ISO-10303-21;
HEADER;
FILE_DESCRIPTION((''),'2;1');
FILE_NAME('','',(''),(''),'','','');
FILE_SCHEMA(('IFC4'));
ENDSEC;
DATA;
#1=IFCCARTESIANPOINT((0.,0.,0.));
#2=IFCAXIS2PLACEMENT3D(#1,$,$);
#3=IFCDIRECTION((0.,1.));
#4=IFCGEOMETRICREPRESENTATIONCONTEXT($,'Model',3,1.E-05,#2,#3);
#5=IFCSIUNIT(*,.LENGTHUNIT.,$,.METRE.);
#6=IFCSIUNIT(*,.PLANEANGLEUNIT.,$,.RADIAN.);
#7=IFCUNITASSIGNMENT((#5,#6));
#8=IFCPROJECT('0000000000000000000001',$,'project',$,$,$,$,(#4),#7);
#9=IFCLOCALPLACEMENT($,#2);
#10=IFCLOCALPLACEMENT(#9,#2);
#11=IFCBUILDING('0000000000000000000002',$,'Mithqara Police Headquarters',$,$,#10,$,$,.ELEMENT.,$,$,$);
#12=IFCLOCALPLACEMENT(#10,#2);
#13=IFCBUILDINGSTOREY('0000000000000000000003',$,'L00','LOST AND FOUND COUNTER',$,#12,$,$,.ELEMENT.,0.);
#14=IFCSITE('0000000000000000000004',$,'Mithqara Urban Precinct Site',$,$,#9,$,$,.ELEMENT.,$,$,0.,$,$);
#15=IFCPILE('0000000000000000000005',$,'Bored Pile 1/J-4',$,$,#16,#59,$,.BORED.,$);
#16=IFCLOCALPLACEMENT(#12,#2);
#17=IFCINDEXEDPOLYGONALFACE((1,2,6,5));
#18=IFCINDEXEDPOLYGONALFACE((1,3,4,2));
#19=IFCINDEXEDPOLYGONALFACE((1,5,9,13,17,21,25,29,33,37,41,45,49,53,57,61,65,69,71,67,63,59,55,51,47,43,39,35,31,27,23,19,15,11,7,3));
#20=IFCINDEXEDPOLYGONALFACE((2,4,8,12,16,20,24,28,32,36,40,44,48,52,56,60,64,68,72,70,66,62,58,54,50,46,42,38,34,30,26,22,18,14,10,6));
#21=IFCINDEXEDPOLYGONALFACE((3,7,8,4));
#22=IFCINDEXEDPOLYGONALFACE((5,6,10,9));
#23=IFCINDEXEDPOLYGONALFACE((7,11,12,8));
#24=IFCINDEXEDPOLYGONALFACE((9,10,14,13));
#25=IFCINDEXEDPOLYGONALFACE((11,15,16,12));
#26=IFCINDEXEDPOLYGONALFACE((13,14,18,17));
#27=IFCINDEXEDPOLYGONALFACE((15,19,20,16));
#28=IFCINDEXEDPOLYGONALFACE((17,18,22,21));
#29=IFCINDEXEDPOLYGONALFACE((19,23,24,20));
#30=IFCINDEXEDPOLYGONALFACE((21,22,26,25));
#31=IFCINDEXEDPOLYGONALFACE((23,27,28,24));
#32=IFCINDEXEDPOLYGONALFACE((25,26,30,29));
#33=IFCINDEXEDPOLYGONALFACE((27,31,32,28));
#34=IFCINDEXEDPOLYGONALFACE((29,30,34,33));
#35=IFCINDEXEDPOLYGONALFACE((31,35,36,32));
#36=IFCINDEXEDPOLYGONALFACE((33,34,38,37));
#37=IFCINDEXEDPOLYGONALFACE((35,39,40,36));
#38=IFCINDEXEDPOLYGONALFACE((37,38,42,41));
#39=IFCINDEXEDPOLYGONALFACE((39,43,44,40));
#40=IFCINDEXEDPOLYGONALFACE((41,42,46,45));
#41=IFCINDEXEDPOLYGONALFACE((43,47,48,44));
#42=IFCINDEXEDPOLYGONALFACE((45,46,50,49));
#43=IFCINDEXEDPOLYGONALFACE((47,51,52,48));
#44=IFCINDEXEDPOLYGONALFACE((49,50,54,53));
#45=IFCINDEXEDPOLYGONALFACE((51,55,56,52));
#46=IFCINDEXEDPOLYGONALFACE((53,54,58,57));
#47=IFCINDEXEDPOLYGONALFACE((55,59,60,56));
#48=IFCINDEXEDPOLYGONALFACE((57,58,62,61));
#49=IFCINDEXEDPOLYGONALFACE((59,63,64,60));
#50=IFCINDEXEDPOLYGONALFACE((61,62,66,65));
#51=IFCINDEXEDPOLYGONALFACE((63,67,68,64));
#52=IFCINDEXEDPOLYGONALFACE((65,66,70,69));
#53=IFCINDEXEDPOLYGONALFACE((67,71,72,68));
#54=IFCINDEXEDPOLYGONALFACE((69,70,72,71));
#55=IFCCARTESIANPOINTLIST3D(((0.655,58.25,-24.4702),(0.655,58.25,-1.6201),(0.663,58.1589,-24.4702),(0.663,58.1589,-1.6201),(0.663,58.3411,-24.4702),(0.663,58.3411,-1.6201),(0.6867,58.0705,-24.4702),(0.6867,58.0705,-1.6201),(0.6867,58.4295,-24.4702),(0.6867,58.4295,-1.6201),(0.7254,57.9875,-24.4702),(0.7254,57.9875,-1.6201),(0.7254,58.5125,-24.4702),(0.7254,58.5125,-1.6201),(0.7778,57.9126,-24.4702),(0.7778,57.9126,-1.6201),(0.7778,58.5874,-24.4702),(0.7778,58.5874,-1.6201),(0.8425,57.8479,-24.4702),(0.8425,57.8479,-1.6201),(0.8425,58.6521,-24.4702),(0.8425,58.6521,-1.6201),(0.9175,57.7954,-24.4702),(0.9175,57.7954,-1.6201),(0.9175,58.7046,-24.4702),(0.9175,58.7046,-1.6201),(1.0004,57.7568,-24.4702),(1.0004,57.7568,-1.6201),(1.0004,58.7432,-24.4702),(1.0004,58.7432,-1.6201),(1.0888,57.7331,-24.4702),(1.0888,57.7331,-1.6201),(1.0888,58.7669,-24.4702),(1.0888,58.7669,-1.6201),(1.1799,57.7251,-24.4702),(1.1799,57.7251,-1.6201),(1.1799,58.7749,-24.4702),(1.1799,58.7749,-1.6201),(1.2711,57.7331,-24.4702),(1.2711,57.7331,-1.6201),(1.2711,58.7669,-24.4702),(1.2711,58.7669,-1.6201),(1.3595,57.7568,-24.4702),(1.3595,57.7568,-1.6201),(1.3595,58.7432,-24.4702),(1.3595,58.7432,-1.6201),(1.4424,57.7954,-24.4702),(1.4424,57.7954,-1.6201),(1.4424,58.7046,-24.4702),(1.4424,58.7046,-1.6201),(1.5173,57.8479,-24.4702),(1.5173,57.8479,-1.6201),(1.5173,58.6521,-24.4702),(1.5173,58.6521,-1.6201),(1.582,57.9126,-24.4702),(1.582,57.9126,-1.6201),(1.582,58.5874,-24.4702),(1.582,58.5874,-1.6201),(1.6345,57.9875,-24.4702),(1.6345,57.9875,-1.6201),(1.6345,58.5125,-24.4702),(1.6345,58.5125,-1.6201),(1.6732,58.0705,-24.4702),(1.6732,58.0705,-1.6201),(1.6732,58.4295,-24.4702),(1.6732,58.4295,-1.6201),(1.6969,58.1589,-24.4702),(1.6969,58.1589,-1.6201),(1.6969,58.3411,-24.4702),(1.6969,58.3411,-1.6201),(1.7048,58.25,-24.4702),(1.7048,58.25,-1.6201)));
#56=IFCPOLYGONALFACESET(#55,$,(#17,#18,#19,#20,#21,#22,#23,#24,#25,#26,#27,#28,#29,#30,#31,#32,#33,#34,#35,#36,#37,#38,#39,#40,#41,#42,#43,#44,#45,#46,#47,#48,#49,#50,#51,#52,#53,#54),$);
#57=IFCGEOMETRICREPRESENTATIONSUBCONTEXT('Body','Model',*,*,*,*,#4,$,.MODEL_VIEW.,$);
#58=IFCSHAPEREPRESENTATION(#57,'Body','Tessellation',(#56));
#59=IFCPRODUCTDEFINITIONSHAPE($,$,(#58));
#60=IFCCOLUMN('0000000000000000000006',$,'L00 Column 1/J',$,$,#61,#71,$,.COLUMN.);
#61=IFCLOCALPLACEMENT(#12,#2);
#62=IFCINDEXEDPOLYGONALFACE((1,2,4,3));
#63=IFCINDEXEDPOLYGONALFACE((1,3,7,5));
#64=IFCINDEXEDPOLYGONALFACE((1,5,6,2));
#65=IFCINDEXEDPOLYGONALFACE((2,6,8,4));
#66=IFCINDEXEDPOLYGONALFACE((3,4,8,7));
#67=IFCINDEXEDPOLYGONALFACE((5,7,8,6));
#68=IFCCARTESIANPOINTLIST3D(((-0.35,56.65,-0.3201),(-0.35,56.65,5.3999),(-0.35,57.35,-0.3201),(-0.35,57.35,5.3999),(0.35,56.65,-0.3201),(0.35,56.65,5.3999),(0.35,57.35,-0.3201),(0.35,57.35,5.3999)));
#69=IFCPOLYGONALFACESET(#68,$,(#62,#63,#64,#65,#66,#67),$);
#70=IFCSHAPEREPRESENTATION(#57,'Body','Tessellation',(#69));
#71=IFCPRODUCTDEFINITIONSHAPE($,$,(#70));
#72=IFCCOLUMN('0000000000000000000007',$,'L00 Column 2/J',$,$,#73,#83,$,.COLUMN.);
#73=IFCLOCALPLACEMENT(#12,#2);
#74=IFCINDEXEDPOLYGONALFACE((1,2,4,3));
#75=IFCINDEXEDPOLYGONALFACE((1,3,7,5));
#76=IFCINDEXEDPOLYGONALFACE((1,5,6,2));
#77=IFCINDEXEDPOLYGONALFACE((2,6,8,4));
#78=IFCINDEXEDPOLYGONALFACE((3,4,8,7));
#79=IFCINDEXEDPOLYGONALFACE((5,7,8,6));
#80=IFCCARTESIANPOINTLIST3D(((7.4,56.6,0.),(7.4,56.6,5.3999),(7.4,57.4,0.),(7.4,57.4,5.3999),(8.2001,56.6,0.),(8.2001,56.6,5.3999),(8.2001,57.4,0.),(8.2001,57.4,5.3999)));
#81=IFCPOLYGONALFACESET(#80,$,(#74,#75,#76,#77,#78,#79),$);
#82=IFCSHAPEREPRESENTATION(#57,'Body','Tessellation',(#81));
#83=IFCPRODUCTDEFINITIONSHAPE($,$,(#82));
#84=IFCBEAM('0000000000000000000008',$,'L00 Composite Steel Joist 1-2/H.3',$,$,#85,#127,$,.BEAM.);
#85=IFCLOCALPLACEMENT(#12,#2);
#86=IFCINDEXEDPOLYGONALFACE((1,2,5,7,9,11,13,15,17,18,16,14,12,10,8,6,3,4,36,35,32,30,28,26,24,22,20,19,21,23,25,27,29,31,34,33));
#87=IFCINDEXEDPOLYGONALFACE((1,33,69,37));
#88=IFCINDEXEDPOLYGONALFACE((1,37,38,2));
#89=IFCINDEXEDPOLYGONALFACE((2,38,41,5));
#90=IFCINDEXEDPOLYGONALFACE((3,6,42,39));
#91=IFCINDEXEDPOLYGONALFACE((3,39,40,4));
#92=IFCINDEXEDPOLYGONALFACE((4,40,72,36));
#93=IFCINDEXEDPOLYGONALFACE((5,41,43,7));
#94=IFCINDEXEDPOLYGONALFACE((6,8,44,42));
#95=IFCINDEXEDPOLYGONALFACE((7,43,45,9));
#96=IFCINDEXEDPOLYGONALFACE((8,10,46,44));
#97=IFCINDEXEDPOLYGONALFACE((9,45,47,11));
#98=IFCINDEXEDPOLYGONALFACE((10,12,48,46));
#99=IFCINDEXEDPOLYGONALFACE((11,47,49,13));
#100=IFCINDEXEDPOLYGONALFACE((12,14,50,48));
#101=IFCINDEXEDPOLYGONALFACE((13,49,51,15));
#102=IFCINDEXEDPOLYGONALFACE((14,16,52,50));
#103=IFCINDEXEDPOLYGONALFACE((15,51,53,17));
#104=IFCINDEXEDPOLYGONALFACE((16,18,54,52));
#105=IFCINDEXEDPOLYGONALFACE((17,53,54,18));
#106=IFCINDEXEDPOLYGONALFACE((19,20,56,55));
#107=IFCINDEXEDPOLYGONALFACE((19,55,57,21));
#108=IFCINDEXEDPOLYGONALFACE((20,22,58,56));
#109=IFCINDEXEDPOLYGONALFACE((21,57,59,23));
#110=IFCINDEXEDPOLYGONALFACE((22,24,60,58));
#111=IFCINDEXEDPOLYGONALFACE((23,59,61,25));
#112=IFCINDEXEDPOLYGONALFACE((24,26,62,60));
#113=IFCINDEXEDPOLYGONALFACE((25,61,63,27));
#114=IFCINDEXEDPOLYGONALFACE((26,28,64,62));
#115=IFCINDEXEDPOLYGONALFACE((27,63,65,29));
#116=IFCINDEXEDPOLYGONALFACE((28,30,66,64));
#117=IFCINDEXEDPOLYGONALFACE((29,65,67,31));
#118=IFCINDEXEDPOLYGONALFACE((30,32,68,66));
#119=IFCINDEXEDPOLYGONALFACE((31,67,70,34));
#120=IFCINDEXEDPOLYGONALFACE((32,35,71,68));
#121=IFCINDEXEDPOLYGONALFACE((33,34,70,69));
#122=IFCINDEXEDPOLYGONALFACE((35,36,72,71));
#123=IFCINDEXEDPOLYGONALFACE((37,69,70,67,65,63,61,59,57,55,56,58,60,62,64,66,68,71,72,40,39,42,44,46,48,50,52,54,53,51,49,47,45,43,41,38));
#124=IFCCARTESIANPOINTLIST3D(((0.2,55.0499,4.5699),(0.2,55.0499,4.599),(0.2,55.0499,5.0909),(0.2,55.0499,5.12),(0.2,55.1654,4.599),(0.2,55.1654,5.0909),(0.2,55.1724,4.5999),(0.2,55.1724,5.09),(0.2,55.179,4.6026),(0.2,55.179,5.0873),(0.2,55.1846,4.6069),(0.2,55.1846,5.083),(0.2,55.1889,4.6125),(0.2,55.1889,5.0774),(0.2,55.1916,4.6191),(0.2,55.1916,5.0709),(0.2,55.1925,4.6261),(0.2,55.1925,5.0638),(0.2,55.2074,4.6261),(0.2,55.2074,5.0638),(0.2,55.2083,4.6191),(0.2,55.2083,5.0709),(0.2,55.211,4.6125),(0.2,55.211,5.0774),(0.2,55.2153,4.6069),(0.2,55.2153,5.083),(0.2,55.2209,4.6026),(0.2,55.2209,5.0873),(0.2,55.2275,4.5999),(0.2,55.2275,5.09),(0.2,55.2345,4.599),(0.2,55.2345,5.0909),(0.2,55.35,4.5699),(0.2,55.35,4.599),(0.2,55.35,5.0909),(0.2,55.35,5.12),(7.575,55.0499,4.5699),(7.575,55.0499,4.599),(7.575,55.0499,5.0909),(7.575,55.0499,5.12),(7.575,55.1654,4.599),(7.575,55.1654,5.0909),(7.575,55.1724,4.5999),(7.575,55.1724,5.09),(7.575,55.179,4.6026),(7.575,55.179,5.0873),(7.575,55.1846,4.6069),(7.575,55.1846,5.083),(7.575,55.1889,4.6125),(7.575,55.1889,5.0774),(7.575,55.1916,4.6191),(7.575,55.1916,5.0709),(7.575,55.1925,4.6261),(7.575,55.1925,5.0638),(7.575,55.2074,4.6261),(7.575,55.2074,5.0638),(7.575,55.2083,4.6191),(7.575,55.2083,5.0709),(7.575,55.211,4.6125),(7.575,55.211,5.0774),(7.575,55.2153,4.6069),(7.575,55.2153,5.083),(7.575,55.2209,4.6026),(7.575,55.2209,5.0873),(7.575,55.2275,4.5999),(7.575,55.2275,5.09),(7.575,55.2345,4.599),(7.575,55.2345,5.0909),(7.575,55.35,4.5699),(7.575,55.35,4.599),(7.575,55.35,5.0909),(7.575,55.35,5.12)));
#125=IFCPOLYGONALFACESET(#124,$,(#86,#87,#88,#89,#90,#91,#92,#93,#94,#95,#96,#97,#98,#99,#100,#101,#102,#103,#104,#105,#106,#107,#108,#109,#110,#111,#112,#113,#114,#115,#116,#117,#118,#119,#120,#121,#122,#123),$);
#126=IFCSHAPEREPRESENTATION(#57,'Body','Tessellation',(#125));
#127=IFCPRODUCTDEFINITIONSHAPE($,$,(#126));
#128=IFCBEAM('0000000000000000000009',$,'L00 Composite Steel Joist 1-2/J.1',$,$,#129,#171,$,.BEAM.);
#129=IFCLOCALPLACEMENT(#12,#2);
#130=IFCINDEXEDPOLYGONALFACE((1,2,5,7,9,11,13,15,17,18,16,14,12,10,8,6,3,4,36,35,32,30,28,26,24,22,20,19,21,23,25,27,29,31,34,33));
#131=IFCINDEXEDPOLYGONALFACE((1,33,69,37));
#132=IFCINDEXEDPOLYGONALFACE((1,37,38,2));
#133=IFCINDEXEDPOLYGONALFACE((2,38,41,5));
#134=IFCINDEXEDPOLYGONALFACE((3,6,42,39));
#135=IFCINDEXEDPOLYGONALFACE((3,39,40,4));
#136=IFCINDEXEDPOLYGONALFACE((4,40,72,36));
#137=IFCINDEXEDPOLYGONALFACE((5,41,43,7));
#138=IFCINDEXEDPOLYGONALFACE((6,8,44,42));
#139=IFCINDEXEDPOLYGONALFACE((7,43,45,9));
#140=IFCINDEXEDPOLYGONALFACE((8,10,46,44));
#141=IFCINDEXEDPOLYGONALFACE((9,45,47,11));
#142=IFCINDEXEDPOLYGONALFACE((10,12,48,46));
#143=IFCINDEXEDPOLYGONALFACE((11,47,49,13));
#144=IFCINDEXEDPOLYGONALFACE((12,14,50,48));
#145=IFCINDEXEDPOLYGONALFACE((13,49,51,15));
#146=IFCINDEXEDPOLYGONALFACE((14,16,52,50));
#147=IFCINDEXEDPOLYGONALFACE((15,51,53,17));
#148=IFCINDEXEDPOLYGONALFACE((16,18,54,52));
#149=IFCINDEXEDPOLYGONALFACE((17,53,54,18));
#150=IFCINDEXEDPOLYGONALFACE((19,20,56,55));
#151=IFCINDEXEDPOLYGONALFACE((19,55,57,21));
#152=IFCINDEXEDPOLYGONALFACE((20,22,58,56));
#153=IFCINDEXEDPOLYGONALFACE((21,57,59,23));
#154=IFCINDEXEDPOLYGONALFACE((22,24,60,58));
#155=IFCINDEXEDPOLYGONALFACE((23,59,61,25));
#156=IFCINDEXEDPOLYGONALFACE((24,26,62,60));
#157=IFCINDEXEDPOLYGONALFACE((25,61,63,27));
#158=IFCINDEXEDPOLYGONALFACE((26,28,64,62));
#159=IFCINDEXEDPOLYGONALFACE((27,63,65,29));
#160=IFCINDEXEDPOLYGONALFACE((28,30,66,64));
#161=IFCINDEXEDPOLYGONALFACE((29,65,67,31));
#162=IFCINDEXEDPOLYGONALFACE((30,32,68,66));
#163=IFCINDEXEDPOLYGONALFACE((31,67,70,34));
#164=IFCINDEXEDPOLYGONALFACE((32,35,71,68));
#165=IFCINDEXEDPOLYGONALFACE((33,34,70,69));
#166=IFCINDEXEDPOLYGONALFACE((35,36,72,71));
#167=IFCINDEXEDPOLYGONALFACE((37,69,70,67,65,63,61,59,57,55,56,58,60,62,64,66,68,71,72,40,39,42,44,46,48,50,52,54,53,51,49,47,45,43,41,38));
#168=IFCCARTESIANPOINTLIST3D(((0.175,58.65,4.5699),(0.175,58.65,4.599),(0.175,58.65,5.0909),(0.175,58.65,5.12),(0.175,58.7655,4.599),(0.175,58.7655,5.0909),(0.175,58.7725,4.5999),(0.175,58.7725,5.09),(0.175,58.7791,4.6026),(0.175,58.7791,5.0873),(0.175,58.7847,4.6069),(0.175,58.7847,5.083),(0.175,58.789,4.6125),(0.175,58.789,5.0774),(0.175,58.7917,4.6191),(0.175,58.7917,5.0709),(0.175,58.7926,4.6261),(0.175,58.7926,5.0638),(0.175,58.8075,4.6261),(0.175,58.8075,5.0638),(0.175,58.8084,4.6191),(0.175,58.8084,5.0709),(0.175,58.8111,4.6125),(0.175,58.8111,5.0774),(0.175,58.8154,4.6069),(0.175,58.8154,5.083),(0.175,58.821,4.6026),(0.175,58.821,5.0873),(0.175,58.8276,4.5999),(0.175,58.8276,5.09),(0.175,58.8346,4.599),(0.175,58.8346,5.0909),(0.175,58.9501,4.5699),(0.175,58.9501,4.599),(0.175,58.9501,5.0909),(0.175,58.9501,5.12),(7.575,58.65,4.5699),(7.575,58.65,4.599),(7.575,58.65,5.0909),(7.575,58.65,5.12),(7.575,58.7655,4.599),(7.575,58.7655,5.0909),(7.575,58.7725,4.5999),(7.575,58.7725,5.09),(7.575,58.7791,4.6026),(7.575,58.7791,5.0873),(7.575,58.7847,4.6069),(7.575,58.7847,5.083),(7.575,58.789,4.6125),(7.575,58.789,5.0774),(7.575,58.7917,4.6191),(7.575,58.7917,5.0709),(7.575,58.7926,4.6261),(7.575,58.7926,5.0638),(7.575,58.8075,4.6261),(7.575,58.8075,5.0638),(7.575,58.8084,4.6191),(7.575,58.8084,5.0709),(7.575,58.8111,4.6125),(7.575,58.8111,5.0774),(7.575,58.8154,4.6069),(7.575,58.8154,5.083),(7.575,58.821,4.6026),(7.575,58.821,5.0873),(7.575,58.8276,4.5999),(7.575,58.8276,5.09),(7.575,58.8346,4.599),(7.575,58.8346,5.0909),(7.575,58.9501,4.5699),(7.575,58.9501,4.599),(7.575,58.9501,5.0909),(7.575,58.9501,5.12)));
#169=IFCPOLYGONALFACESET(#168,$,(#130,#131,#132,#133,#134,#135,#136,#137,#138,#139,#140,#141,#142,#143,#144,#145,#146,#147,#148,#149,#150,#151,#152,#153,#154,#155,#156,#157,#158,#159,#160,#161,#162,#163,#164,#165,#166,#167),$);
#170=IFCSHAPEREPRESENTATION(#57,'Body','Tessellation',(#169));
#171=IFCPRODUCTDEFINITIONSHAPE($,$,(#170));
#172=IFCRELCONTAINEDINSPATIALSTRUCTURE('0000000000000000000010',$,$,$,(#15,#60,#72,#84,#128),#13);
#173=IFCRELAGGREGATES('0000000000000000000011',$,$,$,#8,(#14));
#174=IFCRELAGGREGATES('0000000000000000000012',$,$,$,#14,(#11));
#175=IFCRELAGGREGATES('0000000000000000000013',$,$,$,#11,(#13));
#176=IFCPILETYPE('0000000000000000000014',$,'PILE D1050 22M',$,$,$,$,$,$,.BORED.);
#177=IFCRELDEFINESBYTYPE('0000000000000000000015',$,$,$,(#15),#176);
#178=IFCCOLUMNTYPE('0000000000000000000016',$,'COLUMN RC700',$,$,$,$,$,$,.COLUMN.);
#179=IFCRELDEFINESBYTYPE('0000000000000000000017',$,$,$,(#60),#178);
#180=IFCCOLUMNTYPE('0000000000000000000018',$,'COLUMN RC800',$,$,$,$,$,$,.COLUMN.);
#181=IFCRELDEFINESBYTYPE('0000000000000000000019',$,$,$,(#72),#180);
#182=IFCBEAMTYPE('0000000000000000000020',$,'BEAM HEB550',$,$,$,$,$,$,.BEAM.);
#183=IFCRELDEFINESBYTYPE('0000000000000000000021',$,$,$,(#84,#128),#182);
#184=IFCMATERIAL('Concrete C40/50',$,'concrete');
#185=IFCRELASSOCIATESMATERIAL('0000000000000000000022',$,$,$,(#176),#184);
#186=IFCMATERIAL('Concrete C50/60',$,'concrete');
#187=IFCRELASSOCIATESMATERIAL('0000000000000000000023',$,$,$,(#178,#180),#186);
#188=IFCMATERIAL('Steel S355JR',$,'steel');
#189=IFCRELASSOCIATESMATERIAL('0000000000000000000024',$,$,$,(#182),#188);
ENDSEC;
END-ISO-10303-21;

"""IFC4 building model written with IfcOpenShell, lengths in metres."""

from ifc_helpers import new_model, si_unit, direction, frame, origin, origin_2d, place, context, subcontext, project, spatial, rectangle, circle, i_section, extrude, material, material_profile, profile_set, type_object, element, save


model = new_model("IFC4")

# Units and contexts
model_context = context("Model", 3, precision=1e-05, world=origin(), true_north=direction((0.0, 1.0)))
body_context = subcontext(model_context, "Body", "Model", "MODEL_VIEW")
ifc_project = project(units=[si_unit("LENGTHUNIT", "METRE"), si_unit("PLANEANGLEUNIT", "RADIAN")], contexts=[model_context])

# Site, building, storey
site_placement = place(None, origin())
site = spatial("IfcSite", under=ifc_project, at=site_placement, Name="Mithqara Urban Precinct Site", CompositionType="ELEMENT", RefElevation=0.0)
building_placement = place(site_placement, origin())
building = spatial("IfcBuilding", under=site, at=building_placement, Name="Mithqara Police Headquarters", CompositionType="ELEMENT")
storey_placement = place(building_placement, origin())
storey = spatial("IfcBuildingStorey", under=building, at=storey_placement, Name="L00", Description="LOST AND FOUND COUNTER", CompositionType="ELEMENT", Elevation=0.0)

# Shared definitions
ifc_material_1 = material(Name="Concrete C40/50", Category="concrete")

# Pile
ifc_material_profile_1 = material_profile(ifc_material_1, circle(Radius=0.5249, at=origin_2d()), Name="PILE D1050")
ifc_profile_set_1 = profile_set([ifc_material_profile_1], Name="Concrete C40/50")
pile_type = type_object("IfcPileType", Name="PILE D1050 22M", PredefinedType="BORED", material=ifc_profile_set_1)
for number, where, z_axis, x_axis, name in (
    (1, (1.1799, 58.25, -1.6201), (0.0, 0.0, -1.0), (1.0, 0.0, 0.0), "Bored Pile 1/J-4"),
):
    element("IfcPile", number, at=place(storey_placement, frame(where, z_axis=z_axis, x_axis=x_axis)), inside=storey, type_object=pile_type, Name=name, PredefinedType="BORED", context=body_context, shape_type="SweptSolid", body=[
        extrude(circle(Radius=0.5249, at=origin_2d()), origin(), (0.0, 0.0, 1.0), 22.8501),
    ])

# Columns
ifc_material_2 = material(Name="Concrete C50/60", Category="concrete")
ifc_material_profile_2 = material_profile(ifc_material_2, rectangle(XDim=0.7, YDim=0.7, at=origin_2d()), Name="RC 700x700")
ifc_profile_set_2 = profile_set([ifc_material_profile_2], Name="Concrete C50/60")
column_type_1 = type_object("IfcColumnType", Name="COLUMN RC700", PredefinedType="COLUMN", material=ifc_profile_set_2)
column_1_placement = place(storey_placement, frame((0.0, 57.0, -0.3201), z_axis=(0.0, 0.0, 1.0), x_axis=(1.0, 0.0, 0.0)))
element("IfcColumn", 2, at=column_1_placement, inside=storey, type_object=column_type_1, Name="L00 Column 1/J", PredefinedType="COLUMN", context=body_context, shape_type="SweptSolid", body=[
    extrude(rectangle(XDim=0.7, YDim=0.7, at=origin_2d()), origin(), (0.0, 0.0, 1.0), 5.72),
])
ifc_material_profile_3 = material_profile(ifc_material_2, rectangle(XDim=0.8, YDim=0.8, at=origin_2d()), Name="RC 800x800")
ifc_profile_set_3 = profile_set([ifc_material_profile_3], Name="Concrete C50/60")
column_type_2 = type_object("IfcColumnType", Name="COLUMN RC800", PredefinedType="COLUMN", material=ifc_profile_set_3)
column_2_placement = place(storey_placement, frame((7.8, 57.0, 0.0), z_axis=(0.0, 0.0, 1.0), x_axis=(1.0, 0.0, 0.0)))
element("IfcColumn", 3, at=column_2_placement, inside=storey, type_object=column_type_2, Name="L00 Column 2/J", PredefinedType="COLUMN", context=body_context, shape_type="SweptSolid", body=[
    extrude(rectangle(XDim=0.8, YDim=0.8, at=origin_2d()), origin(), (0.0, 0.0, 1.0), 5.3999),
])

# Beams
ifc_material_3 = material(Name="Steel S355JR", Category="steel")
ifc_material_profile_4 = material_profile(ifc_material_3, i_section(OverallWidth=0.3, OverallDepth=0.55, WebThickness=0.0149, FlangeThickness=0.0291, FilletRadius=0.0271, at=origin_2d()), Name="HEB 550")
ifc_profile_set_4 = profile_set([ifc_material_profile_4], Name="Steel S355JR")
beam_type_1 = type_object("IfcBeamType", Name="BEAM HEB550", PredefinedType="BEAM", material=ifc_profile_set_4)
beam_1_placement = place(storey_placement, frame((0.2, 55.2, 4.845), z_axis=(1.0, 0.0, 0.0), x_axis=(0.0, 1.0, 0.0)))
element("IfcBeam", 4, at=beam_1_placement, inside=storey, type_object=beam_type_1, Name="L00 Composite Steel Joist 1-2/H.3", PredefinedType="BEAM", context=body_context, shape_type="SweptSolid", body=[
    extrude(i_section(OverallWidth=0.3, OverallDepth=0.55, WebThickness=0.0149, FlangeThickness=0.0291, FilletRadius=0.0271, at=origin_2d()), origin(), (0.0, 0.0, 1.0), 7.375),
])
for number, where, z_axis, x_axis, name in (
    (5, (0.175, 58.8, 4.845), (1.0, 0.0, 0.0), (0.0, 1.0, 0.0), "L00 Composite Steel Joist 1-2/J.1"),
):
    element("IfcBeam", number, at=place(storey_placement, frame(where, z_axis=z_axis, x_axis=x_axis)), inside=storey, type_object=beam_type_1, Name=name, PredefinedType="BEAM", context=body_context, shape_type="SweptSolid", body=[
        extrude(i_section(OverallWidth=0.3, OverallDepth=0.55, WebThickness=0.0149, FlangeThickness=0.0291, FilletRadius=0.0271, at=origin_2d()), origin(), (0.0, 0.0, 1.0), 7.3999),
    ])

save(model, "model.ifc")
